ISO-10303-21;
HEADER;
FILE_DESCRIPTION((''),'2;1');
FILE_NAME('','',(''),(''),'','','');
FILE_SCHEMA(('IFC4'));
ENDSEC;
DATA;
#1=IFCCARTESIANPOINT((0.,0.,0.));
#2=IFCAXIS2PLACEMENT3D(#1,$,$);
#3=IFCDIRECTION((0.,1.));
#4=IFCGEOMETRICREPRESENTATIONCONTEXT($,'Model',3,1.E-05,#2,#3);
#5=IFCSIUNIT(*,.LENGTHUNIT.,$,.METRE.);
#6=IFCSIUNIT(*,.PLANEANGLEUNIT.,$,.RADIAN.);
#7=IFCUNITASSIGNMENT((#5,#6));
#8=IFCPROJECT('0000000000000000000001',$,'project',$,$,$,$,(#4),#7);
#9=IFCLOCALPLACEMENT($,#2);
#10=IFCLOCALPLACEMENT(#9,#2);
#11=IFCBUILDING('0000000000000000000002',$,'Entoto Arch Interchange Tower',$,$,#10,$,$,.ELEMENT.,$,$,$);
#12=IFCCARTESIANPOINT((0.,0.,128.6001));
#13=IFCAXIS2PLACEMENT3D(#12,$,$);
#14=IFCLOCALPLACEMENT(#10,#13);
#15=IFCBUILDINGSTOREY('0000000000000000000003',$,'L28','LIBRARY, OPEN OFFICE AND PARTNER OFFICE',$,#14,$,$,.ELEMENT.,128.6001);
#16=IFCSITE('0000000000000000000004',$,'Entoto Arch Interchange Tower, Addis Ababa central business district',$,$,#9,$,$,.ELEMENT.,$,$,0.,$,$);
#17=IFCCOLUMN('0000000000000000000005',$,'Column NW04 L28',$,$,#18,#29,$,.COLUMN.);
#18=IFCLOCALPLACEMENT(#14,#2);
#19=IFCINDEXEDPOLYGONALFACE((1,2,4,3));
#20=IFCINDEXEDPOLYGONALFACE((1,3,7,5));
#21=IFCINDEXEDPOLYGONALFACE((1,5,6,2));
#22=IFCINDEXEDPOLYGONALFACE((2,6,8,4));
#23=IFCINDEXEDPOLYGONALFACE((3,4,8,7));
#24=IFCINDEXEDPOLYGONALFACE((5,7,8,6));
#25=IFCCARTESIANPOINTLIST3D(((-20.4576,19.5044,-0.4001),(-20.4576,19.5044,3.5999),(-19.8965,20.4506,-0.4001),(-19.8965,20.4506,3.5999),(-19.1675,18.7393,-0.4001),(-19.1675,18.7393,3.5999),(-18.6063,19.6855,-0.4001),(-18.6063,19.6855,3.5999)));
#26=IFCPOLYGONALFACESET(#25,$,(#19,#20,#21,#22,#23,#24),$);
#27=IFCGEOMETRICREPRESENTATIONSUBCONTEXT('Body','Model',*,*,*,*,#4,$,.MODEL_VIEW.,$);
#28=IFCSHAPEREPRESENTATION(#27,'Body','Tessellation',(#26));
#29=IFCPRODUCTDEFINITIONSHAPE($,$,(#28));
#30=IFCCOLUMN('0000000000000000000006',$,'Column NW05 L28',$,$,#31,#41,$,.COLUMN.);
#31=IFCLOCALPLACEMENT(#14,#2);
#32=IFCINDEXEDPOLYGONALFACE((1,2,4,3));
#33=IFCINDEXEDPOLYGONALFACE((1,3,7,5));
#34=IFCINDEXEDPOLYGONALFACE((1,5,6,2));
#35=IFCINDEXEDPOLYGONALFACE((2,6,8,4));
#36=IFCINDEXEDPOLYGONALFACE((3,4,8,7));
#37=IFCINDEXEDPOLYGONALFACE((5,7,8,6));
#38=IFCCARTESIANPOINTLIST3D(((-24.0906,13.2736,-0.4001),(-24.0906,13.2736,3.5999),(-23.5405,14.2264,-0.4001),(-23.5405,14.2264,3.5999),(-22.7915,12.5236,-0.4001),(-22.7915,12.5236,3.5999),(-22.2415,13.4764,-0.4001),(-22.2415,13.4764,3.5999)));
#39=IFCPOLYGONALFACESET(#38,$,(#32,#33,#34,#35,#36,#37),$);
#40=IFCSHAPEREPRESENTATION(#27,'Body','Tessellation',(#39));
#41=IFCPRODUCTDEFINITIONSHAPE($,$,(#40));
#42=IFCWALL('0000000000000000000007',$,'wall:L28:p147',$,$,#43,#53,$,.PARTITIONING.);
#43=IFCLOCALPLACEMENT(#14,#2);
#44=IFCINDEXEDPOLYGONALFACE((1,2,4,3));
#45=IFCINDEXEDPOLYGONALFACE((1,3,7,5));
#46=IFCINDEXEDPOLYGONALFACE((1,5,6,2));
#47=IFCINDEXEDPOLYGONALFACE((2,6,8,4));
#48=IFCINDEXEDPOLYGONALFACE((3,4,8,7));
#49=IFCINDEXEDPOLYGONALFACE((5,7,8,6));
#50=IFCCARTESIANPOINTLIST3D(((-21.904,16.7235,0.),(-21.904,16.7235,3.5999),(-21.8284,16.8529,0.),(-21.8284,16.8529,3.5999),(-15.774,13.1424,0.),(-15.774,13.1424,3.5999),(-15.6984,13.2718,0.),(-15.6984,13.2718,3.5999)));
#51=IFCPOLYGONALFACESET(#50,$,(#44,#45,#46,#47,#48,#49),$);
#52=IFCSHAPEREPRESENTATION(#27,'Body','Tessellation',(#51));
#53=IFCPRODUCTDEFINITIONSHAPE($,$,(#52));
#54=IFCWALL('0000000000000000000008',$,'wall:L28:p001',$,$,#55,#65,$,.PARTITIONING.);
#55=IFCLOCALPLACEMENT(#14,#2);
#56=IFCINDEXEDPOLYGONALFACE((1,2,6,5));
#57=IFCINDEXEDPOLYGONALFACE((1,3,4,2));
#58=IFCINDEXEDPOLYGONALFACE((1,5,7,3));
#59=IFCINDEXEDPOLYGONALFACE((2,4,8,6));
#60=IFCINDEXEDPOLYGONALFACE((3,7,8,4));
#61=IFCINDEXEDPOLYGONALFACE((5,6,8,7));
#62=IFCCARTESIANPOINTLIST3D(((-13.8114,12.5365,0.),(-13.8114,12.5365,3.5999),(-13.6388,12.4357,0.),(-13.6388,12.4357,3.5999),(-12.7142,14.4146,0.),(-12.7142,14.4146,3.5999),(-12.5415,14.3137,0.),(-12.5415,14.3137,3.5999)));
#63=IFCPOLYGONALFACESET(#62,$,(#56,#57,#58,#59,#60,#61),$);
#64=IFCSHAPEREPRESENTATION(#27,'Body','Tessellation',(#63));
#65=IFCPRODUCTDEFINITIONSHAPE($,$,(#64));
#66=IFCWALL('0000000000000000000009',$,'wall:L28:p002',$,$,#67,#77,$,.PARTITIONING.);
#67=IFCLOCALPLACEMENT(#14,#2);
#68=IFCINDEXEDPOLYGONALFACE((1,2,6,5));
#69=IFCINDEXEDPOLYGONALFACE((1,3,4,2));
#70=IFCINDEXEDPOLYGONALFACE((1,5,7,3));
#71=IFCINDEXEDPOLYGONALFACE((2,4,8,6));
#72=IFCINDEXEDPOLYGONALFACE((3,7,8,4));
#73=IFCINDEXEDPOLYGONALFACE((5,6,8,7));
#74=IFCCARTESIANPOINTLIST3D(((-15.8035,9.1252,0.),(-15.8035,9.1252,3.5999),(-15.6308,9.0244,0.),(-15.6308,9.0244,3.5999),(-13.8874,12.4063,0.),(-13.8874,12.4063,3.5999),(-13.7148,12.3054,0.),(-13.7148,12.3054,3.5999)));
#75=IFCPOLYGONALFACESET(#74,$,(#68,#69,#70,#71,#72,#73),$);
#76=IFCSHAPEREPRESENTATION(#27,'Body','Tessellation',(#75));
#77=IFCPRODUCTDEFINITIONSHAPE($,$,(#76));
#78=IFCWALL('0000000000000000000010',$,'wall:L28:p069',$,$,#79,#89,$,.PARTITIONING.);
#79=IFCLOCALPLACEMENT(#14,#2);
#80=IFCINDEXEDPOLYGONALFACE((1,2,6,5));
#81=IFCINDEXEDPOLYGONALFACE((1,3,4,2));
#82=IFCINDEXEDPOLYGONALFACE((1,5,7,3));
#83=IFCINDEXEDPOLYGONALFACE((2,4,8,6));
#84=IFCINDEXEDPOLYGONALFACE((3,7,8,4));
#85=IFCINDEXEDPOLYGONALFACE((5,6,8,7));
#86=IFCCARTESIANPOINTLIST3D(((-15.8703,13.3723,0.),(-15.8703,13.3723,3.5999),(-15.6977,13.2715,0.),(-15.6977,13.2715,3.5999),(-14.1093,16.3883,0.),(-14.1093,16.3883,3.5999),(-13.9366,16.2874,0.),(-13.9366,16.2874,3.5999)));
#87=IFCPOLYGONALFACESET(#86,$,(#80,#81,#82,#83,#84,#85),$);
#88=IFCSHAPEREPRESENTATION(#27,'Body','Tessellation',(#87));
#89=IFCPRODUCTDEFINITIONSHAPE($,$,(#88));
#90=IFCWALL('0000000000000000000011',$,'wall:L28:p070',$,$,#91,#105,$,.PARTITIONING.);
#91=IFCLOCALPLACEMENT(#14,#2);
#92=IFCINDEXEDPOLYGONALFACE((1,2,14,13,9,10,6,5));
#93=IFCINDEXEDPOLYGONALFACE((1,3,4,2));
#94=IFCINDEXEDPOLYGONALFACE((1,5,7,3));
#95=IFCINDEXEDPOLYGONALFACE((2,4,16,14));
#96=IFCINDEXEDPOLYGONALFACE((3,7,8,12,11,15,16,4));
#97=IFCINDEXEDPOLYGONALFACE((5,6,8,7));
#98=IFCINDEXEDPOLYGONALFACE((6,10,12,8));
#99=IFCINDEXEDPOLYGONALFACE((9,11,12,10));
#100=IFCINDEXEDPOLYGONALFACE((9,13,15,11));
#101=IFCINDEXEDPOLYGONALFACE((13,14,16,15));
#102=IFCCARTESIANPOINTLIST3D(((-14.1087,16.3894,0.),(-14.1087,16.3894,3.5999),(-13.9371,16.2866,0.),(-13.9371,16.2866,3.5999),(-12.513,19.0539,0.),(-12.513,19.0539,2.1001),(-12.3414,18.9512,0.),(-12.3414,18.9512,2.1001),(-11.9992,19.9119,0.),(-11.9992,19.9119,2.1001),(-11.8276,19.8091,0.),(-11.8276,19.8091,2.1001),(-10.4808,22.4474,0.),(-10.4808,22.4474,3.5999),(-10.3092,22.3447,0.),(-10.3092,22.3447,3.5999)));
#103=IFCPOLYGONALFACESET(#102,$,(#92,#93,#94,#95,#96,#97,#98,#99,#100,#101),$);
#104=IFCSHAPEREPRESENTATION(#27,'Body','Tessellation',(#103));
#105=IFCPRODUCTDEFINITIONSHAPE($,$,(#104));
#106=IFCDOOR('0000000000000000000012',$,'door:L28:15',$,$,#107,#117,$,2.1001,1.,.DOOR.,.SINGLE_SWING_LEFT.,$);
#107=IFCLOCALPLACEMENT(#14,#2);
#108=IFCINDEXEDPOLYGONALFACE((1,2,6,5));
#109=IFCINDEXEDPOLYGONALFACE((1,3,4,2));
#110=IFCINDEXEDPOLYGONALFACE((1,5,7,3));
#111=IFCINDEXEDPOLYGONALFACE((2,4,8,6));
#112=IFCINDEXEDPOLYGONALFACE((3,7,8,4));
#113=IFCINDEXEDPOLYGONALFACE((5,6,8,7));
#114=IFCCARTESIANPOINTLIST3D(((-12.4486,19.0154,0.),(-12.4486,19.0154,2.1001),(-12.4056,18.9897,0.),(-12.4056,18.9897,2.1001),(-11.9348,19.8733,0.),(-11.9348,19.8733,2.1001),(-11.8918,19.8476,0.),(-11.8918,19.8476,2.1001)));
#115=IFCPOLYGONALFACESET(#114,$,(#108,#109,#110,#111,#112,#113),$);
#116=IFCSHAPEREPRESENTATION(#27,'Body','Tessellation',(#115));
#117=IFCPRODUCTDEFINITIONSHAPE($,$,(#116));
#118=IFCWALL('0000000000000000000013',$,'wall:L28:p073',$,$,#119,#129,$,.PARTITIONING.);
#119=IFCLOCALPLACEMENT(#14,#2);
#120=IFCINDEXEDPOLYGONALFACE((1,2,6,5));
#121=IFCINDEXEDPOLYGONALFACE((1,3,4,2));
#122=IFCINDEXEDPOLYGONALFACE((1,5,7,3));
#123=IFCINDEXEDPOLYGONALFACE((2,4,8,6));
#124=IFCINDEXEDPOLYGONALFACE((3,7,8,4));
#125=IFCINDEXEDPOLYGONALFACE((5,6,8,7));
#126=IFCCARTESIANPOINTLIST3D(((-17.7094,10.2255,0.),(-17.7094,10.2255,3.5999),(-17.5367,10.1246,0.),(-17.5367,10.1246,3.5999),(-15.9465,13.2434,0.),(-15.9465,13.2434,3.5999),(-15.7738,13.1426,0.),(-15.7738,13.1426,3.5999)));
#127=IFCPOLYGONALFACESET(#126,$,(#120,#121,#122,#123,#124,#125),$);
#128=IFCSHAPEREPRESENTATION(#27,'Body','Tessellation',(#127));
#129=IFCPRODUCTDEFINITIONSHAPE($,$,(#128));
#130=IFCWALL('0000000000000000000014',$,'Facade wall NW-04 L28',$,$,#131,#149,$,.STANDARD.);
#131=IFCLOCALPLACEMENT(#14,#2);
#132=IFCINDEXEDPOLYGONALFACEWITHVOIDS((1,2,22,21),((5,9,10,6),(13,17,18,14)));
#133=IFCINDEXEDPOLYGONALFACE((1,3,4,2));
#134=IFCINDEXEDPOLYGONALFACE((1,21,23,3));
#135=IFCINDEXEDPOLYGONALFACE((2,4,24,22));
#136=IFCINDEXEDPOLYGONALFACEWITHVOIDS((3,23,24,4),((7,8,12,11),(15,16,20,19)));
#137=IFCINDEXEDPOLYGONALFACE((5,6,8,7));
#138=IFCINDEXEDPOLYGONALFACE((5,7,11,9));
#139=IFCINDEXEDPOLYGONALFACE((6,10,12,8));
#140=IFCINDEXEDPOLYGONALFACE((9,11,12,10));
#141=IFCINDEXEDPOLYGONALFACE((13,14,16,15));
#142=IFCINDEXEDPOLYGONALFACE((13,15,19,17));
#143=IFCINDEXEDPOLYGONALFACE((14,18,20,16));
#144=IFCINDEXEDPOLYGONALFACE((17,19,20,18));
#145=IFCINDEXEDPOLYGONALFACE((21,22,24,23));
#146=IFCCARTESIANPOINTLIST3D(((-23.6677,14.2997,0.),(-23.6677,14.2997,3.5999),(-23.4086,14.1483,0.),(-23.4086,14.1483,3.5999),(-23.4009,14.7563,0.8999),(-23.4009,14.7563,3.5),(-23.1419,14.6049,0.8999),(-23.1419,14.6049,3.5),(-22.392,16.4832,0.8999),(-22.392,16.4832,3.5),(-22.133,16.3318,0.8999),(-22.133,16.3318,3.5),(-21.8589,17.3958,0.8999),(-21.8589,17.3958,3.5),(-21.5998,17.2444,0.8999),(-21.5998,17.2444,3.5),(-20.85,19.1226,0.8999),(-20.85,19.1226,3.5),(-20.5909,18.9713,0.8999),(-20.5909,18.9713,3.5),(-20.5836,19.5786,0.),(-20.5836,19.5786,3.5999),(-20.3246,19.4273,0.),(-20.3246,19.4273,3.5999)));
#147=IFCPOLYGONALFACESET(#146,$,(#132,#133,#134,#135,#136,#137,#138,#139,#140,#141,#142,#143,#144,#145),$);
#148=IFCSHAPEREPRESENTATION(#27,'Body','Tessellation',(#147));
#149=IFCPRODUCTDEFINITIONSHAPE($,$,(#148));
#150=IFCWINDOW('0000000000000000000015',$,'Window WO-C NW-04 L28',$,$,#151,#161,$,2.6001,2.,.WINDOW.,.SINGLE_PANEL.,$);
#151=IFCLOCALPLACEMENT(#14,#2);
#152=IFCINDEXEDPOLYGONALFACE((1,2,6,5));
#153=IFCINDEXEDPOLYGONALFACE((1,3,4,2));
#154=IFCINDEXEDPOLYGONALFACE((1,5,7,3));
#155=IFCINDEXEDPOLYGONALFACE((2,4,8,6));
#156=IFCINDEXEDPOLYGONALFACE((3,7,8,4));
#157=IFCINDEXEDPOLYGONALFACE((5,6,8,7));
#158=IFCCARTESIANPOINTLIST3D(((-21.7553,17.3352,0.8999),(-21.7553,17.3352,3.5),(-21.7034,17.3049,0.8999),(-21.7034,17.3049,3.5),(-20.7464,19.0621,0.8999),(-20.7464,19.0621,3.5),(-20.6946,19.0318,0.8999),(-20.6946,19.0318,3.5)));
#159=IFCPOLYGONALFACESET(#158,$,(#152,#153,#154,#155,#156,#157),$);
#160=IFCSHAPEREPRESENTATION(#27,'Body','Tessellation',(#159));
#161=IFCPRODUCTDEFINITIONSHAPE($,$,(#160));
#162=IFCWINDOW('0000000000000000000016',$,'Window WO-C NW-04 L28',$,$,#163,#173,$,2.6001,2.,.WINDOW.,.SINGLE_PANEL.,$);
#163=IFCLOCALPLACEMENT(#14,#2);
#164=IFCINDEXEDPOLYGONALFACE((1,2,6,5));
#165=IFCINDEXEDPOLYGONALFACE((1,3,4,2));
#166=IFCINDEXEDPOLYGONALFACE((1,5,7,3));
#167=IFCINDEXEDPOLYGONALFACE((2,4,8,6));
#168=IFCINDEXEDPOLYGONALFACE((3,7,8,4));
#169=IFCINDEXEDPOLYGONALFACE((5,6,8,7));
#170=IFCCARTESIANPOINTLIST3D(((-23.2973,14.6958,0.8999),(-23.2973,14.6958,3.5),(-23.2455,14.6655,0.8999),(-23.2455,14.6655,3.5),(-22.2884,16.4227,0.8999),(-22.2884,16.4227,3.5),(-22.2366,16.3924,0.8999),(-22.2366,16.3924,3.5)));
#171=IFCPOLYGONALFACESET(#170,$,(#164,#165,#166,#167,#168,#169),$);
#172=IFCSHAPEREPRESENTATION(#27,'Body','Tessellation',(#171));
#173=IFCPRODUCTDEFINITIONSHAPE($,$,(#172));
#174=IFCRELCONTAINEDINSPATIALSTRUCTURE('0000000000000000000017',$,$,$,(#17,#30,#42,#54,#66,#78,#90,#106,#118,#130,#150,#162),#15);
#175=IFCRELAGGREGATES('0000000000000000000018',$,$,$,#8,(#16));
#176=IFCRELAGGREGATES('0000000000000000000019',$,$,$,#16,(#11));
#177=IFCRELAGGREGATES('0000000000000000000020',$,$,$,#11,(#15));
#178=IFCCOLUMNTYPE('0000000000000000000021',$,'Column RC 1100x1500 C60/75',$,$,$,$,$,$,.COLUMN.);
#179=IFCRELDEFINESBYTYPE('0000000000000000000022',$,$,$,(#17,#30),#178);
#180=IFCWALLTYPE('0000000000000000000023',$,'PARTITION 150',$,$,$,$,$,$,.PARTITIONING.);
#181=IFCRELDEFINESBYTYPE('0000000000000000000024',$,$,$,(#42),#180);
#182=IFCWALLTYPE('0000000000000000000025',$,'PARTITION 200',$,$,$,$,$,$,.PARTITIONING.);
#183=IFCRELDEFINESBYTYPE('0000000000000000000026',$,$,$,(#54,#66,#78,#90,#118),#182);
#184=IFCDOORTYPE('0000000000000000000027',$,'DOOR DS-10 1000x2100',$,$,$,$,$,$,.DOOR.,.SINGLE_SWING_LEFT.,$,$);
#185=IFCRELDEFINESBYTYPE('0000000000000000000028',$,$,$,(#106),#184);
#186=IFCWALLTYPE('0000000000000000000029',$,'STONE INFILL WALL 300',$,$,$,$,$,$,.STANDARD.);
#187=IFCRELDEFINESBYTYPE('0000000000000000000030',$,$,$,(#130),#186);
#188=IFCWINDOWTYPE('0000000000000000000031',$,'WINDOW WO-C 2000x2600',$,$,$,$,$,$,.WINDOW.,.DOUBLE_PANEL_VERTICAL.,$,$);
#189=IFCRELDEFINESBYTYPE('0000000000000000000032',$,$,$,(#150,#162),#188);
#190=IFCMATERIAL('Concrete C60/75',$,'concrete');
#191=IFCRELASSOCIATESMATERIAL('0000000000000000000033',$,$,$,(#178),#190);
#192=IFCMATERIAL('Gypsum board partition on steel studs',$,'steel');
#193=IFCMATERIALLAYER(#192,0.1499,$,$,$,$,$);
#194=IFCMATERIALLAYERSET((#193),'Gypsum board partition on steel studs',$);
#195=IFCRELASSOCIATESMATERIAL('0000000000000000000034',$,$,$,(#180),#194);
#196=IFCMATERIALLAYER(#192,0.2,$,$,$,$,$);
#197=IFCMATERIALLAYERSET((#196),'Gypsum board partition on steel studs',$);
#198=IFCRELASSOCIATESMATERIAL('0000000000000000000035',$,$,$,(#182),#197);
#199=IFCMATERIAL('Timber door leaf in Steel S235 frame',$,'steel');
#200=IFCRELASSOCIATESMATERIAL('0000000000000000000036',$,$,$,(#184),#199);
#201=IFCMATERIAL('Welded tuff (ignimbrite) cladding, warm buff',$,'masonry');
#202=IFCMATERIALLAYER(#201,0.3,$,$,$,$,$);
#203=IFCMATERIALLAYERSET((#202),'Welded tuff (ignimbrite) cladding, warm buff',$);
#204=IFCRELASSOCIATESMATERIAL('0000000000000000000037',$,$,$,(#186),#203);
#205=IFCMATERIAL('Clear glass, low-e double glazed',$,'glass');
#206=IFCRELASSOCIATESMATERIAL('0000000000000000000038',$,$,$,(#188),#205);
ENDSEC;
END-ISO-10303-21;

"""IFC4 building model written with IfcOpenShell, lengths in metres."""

from ifc_helpers import new_model, si_unit, direction, frame, frame_2d, origin, origin_2d, place, context, subcontext, project, spatial, rectangle, extrude, material, layer, layer_set, material_profile, profile_set, type_object, element, fill, save


model = new_model("IFC4")

# Units and contexts
model_context = context("Model", 3, precision=1e-05, world=origin(), true_north=direction((0.0, 1.0)))
body_context = subcontext(model_context, "Body", "Model", "MODEL_VIEW")
ifc_project = project(units=[si_unit("LENGTHUNIT", "METRE"), si_unit("PLANEANGLEUNIT", "RADIAN")], contexts=[model_context])

# Site, building, storey
site_placement = place(None, origin())
site = spatial("IfcSite", under=ifc_project, at=site_placement, Name="Entoto Arch Interchange Tower, Addis Ababa central business district", CompositionType="ELEMENT", RefElevation=0.0)
building_placement = place(site_placement, origin())
building = spatial("IfcBuilding", under=site, at=building_placement, Name="Entoto Arch Interchange Tower", CompositionType="ELEMENT")
storey_placement = place(building_placement, frame((0.0, 0.0, 128.6001)))
storey = spatial("IfcBuildingStorey", under=building, at=storey_placement, Name="L28", Description="LIBRARY, OPEN OFFICE AND PARTNER OFFICE", CompositionType="ELEMENT", Elevation=128.6001)

# Columns
ifc_material_1 = material(Name="Concrete C60/75", Category="concrete")
ifc_material_profile = material_profile(ifc_material_1, rectangle(XDim=1.1001, YDim=1.5, at=origin_2d()))
ifc_profile_set = profile_set([ifc_material_profile], Name="Concrete C60/75")
column_type = type_object("IfcColumnType", Name="Column RC 1100x1500 C60/75", PredefinedType="COLUMN", material=ifc_profile_set)
for number, where, z_axis, x_axis, name in (
    (1, (-19.532, 19.595, -0.4001), (0.0, 0.0, 1.0), (0.510093, 0.860119, 0.0), "Column NW04 L28"),
    (2, (-23.166, 13.375, -0.4001), (0.0, 0.0, 1.0), (0.5, 0.866025, 0.0), "Column NW05 L28"),
):
    element("IfcColumn", number, at=place(storey_placement, frame(where, z_axis=z_axis, x_axis=x_axis)), inside=storey, type_object=column_type, Name=name, PredefinedType="COLUMN", context=body_context, shape_type="SweptSolid", body=[
        extrude(rectangle(XDim=1.1001, YDim=1.5, at=origin_2d()), origin(), (0.0, 0.0, 1.0), 4.0),
    ])

# Walls
ifc_material_2 = material(Name="Gypsum board partition on steel studs", Category="steel")
ifc_layer_1 = layer(ifc_material_2, 0.1499)
ifc_layer_set_1 = layer_set([ifc_layer_1], Name="Gypsum board partition on steel studs")
wall_type_1 = type_object("IfcWallType", Name="PARTITION 150", PredefinedType="PARTITIONING", material=ifc_layer_set_1)
wall_1_placement = place(storey_placement, frame((-15.7361, 13.207, 0.0), z_axis=(0.0, 0.0, 1.0), x_axis=(-0.863454, 0.504427, 0.0)))
element("IfcWall", 3, at=wall_1_placement, inside=storey, type_object=wall_type_1, Name="wall:L28:p147", PredefinedType="PARTITIONING", context=body_context, shape_type="SweptSolid", body=[
    extrude(rectangle(XDim=7.0994, YDim=0.1499, at=frame_2d((3.5498, 0.0))), origin(), (0.0, 0.0, 1.0), 3.5999),
])
ifc_layer_2 = layer(ifc_material_2, 0.2)
ifc_layer_set_2 = layer_set([ifc_layer_2], Name="Gypsum board partition on steel studs")
wall_type_2 = type_object("IfcWallType", Name="PARTITION 200", PredefinedType="PARTITIONING", material=ifc_layer_set_2)
wall_2_placement = place(storey_placement, frame((-12.6279, 14.364, 0.0), z_axis=(0.0, 0.0, 1.0), x_axis=(-0.504457, -0.863437, 0.0)))
element("IfcWall", 4, at=wall_2_placement, inside=storey, type_object=wall_type_2, Name="wall:L28:p001", PredefinedType="PARTITIONING", context=body_context, shape_type="SweptSolid", body=[
    extrude(rectangle(XDim=2.175, YDim=0.2, at=frame_2d((1.0874, 0.0))), origin(), (0.0, 0.0, 1.0), 3.5999),
])
wall_3_placement = place(storey_placement, frame((-13.801, 12.356, 0.0), z_axis=(0.0, 0.0, 1.0), x_axis=(-0.504282, -0.863539, 0.0)))
element("IfcWall", 5, at=wall_3_placement, inside=storey, type_object=wall_type_2, Name="wall:L28:p002", PredefinedType="PARTITIONING", context=body_context, shape_type="SweptSolid", body=[
    extrude(rectangle(XDim=3.7996, YDim=0.2, at=frame_2d((1.8999, 0.0))), origin(), (0.0, 0.0, 1.0), 3.5999),
])
wall_4_placement = place(storey_placement, frame((-15.7839, 13.322, 0.0), z_axis=(0.0, 0.0, 1.0), x_axis=(0.50424, 0.863563, 0.0)))
element("IfcWall", 6, at=wall_4_placement, inside=storey, type_object=wall_type_2, Name="wall:L28:p069", PredefinedType="PARTITIONING", context=body_context, shape_type="SweptSolid", body=[
    extrude(rectangle(XDim=3.4924, YDim=0.2, at=frame_2d((1.7461, 0.0))), origin(), (0.0, 0.0, 1.0), 3.5999),
])

# Wall, opening, door
wall_5_placement = place(storey_placement, frame((-14.0229, 16.3379, 0.0), z_axis=(0.0, 0.0, 1.0), x_axis=(0.513774, 0.857926, 0.0)))
wall_5 = element("IfcWall", 7, at=wall_5_placement, inside=storey, type_object=wall_type_2, Name="wall:L28:p070", PredefinedType="PARTITIONING", context=body_context, shape_type="SweptSolid", body=[
    extrude(rectangle(XDim=7.0613, YDim=0.2, at=frame_2d((3.5308, 0.0))), origin(), (0.0, 0.0, 1.0), 3.5999),
])
opening_1_placement = place(wall_5_placement, frame((3.106, 0.0, 0.0)))
opening_1 = element("IfcOpeningElement", 8, at=opening_1_placement, cuts=wall_5, PredefinedType="OPENING", context=body_context, shape_type="SweptSolid", body=[
    extrude(rectangle(XDim=1.0, YDim=2.1001, at=frame_2d((0.5, 1.05))), frame((0.0, 0.1099, 0.0), z_axis=(0.0, -1.0, 0.0), x_axis=(1.0, 0.0, 0.0)), (0.0, 0.0, 1.0), 0.22),
])
ifc_material_3 = material(Name="Timber door leaf in Steel S235 frame", Category="steel")
door_type = type_object("IfcDoorType", Name="DOOR DS-10 1000x2100", OperationType="SINGLE_SWING_LEFT", PredefinedType="DOOR", material=ifc_material_3)
door_placement = place(opening_1_placement, origin())
door = element("IfcDoor", 9, at=door_placement, inside=storey, type_object=door_type, Name="door:L28:15", OperationType="SINGLE_SWING_LEFT", OverallHeight=2.1001, OverallWidth=1.0, PredefinedType="DOOR", context=body_context, shape_type="SweptSolid", body=[
    extrude(rectangle(XDim=1.0, YDim=2.1001, at=frame_2d((0.5, 1.05))), frame((0.0, 0.0249, 0.0), z_axis=(0.0, -1.0, 0.0), x_axis=(1.0, 0.0, 0.0)), (0.0, 0.0, 1.0), 0.05),
])
fill(opening_1, door)

# Wall
wall_6_placement = place(storey_placement, frame((-17.623, 10.175, 0.0), z_axis=(0.0, 0.0, 1.0), x_axis=(0.504383, 0.86348, 0.0)))
element("IfcWall", 10, at=wall_6_placement, inside=storey, type_object=wall_type_2, Name="wall:L28:p073", PredefinedType="PARTITIONING", context=body_context, shape_type="SweptSolid", body=[
    extrude(rectangle(XDim=3.4951, YDim=0.2, at=frame_2d((1.7476, 0.0))), origin(), (0.0, 0.0, 1.0), 3.5999),
])

# Wall, openings, windows
ifc_material_4 = material(Name="Welded tuff (ignimbrite) cladding, warm buff", Category="masonry")
ifc_layer_3 = layer(ifc_material_4, 0.3)
ifc_layer_set_3 = layer_set([ifc_layer_3], Name="Welded tuff (ignimbrite) cladding, warm buff")
wall_type_3 = type_object("IfcWallType", Name="STONE INFILL WALL 300", PredefinedType="STANDARD", material=ifc_layer_set_3)
wall_7_placement = place(storey_placement, frame((-20.4541, 19.5029, 0.0), z_axis=(0.0, 0.0, 1.0), x_axis=(-0.504442, -0.863446, 0.0)))
wall_7 = element("IfcWall", 11, at=wall_7_placement, inside=storey, type_object=wall_type_3, Name="Facade wall NW-04 L28", PredefinedType="STANDARD", context=body_context, shape_type="SweptSolid", body=[
    extrude(rectangle(XDim=6.1138, YDim=0.3, at=frame_2d((3.0569, 0.0))), origin(), (0.0, 0.0, 1.0), 3.5999),
])
opening_2_placement = place(wall_7_placement, frame((0.5281, 0.0, 0.8999)))
opening_2 = element("IfcOpeningElement", 12, at=opening_2_placement, cuts=wall_7, PredefinedType="OPENING", context=body_context, shape_type="SweptSolid", body=[
    extrude(rectangle(XDim=2.0, YDim=2.6001, at=frame_2d((1.0, 1.3))), frame((0.0, 0.1602, 0.0), z_axis=(0.0, -1.0, 0.0), x_axis=(1.0, 0.0, 0.0)), (0.0, 0.0, 1.0), 0.3201),
])
opening_3_placement = place(wall_7_placement, frame((3.585, 0.0, 0.8999)))
opening_3 = element("IfcOpeningElement", 13, at=opening_3_placement, cuts=wall_7, PredefinedType="OPENING", context=body_context, shape_type="SweptSolid", body=[
    extrude(rectangle(XDim=2.0, YDim=2.6001, at=frame_2d((1.0, 1.3))), frame((0.0, 0.1602, 0.0), z_axis=(0.0, -1.0, 0.0), x_axis=(1.0, 0.0, 0.0)), (0.0, 0.0, 1.0), 0.3201),
])
ifc_material_5 = material(Name="Clear glass, low-e double glazed", Category="glass")
window_type = type_object("IfcWindowType", Name="WINDOW WO-C 2000x2600", PartitioningType="DOUBLE_PANEL_VERTICAL", PredefinedType="WINDOW", material=ifc_material_5)
window_1_placement = place(opening_2_placement, origin())
window_1 = element("IfcWindow", 14, at=window_1_placement, inside=storey, type_object=window_type, Name="Window WO-C NW-04 L28", OverallHeight=2.6001, OverallWidth=2.0, PartitioningType="SINGLE_PANEL", PredefinedType="WINDOW", context=body_context, shape_type="SweptSolid", body=[
    extrude(rectangle(XDim=2.0, YDim=2.6001, at=frame_2d((1.0, 1.3))), frame((0.0, 0.03, 0.0), z_axis=(0.0, -1.0, 0.0), x_axis=(1.0, 0.0, 0.0)), (0.0, 0.0, 1.0), 0.0601),
])
fill(opening_2, window_1)
window_2_placement = place(opening_3_placement, origin())
window_2 = element("IfcWindow", 15, at=window_2_placement, inside=storey, type_object=window_type, Name="Window WO-C NW-04 L28", OverallHeight=2.6001, OverallWidth=2.0, PartitioningType="SINGLE_PANEL", PredefinedType="WINDOW", context=body_context, shape_type="SweptSolid", body=[
    extrude(rectangle(XDim=2.0, YDim=2.6001, at=frame_2d((1.0, 1.3))), frame((0.0, 0.03, 0.0), z_axis=(0.0, -1.0, 0.0), x_axis=(1.0, 0.0, 0.0)), (0.0, 0.0, 1.0), 0.0601),
])
fill(opening_3, window_2)

save(model, "model.ifc")
